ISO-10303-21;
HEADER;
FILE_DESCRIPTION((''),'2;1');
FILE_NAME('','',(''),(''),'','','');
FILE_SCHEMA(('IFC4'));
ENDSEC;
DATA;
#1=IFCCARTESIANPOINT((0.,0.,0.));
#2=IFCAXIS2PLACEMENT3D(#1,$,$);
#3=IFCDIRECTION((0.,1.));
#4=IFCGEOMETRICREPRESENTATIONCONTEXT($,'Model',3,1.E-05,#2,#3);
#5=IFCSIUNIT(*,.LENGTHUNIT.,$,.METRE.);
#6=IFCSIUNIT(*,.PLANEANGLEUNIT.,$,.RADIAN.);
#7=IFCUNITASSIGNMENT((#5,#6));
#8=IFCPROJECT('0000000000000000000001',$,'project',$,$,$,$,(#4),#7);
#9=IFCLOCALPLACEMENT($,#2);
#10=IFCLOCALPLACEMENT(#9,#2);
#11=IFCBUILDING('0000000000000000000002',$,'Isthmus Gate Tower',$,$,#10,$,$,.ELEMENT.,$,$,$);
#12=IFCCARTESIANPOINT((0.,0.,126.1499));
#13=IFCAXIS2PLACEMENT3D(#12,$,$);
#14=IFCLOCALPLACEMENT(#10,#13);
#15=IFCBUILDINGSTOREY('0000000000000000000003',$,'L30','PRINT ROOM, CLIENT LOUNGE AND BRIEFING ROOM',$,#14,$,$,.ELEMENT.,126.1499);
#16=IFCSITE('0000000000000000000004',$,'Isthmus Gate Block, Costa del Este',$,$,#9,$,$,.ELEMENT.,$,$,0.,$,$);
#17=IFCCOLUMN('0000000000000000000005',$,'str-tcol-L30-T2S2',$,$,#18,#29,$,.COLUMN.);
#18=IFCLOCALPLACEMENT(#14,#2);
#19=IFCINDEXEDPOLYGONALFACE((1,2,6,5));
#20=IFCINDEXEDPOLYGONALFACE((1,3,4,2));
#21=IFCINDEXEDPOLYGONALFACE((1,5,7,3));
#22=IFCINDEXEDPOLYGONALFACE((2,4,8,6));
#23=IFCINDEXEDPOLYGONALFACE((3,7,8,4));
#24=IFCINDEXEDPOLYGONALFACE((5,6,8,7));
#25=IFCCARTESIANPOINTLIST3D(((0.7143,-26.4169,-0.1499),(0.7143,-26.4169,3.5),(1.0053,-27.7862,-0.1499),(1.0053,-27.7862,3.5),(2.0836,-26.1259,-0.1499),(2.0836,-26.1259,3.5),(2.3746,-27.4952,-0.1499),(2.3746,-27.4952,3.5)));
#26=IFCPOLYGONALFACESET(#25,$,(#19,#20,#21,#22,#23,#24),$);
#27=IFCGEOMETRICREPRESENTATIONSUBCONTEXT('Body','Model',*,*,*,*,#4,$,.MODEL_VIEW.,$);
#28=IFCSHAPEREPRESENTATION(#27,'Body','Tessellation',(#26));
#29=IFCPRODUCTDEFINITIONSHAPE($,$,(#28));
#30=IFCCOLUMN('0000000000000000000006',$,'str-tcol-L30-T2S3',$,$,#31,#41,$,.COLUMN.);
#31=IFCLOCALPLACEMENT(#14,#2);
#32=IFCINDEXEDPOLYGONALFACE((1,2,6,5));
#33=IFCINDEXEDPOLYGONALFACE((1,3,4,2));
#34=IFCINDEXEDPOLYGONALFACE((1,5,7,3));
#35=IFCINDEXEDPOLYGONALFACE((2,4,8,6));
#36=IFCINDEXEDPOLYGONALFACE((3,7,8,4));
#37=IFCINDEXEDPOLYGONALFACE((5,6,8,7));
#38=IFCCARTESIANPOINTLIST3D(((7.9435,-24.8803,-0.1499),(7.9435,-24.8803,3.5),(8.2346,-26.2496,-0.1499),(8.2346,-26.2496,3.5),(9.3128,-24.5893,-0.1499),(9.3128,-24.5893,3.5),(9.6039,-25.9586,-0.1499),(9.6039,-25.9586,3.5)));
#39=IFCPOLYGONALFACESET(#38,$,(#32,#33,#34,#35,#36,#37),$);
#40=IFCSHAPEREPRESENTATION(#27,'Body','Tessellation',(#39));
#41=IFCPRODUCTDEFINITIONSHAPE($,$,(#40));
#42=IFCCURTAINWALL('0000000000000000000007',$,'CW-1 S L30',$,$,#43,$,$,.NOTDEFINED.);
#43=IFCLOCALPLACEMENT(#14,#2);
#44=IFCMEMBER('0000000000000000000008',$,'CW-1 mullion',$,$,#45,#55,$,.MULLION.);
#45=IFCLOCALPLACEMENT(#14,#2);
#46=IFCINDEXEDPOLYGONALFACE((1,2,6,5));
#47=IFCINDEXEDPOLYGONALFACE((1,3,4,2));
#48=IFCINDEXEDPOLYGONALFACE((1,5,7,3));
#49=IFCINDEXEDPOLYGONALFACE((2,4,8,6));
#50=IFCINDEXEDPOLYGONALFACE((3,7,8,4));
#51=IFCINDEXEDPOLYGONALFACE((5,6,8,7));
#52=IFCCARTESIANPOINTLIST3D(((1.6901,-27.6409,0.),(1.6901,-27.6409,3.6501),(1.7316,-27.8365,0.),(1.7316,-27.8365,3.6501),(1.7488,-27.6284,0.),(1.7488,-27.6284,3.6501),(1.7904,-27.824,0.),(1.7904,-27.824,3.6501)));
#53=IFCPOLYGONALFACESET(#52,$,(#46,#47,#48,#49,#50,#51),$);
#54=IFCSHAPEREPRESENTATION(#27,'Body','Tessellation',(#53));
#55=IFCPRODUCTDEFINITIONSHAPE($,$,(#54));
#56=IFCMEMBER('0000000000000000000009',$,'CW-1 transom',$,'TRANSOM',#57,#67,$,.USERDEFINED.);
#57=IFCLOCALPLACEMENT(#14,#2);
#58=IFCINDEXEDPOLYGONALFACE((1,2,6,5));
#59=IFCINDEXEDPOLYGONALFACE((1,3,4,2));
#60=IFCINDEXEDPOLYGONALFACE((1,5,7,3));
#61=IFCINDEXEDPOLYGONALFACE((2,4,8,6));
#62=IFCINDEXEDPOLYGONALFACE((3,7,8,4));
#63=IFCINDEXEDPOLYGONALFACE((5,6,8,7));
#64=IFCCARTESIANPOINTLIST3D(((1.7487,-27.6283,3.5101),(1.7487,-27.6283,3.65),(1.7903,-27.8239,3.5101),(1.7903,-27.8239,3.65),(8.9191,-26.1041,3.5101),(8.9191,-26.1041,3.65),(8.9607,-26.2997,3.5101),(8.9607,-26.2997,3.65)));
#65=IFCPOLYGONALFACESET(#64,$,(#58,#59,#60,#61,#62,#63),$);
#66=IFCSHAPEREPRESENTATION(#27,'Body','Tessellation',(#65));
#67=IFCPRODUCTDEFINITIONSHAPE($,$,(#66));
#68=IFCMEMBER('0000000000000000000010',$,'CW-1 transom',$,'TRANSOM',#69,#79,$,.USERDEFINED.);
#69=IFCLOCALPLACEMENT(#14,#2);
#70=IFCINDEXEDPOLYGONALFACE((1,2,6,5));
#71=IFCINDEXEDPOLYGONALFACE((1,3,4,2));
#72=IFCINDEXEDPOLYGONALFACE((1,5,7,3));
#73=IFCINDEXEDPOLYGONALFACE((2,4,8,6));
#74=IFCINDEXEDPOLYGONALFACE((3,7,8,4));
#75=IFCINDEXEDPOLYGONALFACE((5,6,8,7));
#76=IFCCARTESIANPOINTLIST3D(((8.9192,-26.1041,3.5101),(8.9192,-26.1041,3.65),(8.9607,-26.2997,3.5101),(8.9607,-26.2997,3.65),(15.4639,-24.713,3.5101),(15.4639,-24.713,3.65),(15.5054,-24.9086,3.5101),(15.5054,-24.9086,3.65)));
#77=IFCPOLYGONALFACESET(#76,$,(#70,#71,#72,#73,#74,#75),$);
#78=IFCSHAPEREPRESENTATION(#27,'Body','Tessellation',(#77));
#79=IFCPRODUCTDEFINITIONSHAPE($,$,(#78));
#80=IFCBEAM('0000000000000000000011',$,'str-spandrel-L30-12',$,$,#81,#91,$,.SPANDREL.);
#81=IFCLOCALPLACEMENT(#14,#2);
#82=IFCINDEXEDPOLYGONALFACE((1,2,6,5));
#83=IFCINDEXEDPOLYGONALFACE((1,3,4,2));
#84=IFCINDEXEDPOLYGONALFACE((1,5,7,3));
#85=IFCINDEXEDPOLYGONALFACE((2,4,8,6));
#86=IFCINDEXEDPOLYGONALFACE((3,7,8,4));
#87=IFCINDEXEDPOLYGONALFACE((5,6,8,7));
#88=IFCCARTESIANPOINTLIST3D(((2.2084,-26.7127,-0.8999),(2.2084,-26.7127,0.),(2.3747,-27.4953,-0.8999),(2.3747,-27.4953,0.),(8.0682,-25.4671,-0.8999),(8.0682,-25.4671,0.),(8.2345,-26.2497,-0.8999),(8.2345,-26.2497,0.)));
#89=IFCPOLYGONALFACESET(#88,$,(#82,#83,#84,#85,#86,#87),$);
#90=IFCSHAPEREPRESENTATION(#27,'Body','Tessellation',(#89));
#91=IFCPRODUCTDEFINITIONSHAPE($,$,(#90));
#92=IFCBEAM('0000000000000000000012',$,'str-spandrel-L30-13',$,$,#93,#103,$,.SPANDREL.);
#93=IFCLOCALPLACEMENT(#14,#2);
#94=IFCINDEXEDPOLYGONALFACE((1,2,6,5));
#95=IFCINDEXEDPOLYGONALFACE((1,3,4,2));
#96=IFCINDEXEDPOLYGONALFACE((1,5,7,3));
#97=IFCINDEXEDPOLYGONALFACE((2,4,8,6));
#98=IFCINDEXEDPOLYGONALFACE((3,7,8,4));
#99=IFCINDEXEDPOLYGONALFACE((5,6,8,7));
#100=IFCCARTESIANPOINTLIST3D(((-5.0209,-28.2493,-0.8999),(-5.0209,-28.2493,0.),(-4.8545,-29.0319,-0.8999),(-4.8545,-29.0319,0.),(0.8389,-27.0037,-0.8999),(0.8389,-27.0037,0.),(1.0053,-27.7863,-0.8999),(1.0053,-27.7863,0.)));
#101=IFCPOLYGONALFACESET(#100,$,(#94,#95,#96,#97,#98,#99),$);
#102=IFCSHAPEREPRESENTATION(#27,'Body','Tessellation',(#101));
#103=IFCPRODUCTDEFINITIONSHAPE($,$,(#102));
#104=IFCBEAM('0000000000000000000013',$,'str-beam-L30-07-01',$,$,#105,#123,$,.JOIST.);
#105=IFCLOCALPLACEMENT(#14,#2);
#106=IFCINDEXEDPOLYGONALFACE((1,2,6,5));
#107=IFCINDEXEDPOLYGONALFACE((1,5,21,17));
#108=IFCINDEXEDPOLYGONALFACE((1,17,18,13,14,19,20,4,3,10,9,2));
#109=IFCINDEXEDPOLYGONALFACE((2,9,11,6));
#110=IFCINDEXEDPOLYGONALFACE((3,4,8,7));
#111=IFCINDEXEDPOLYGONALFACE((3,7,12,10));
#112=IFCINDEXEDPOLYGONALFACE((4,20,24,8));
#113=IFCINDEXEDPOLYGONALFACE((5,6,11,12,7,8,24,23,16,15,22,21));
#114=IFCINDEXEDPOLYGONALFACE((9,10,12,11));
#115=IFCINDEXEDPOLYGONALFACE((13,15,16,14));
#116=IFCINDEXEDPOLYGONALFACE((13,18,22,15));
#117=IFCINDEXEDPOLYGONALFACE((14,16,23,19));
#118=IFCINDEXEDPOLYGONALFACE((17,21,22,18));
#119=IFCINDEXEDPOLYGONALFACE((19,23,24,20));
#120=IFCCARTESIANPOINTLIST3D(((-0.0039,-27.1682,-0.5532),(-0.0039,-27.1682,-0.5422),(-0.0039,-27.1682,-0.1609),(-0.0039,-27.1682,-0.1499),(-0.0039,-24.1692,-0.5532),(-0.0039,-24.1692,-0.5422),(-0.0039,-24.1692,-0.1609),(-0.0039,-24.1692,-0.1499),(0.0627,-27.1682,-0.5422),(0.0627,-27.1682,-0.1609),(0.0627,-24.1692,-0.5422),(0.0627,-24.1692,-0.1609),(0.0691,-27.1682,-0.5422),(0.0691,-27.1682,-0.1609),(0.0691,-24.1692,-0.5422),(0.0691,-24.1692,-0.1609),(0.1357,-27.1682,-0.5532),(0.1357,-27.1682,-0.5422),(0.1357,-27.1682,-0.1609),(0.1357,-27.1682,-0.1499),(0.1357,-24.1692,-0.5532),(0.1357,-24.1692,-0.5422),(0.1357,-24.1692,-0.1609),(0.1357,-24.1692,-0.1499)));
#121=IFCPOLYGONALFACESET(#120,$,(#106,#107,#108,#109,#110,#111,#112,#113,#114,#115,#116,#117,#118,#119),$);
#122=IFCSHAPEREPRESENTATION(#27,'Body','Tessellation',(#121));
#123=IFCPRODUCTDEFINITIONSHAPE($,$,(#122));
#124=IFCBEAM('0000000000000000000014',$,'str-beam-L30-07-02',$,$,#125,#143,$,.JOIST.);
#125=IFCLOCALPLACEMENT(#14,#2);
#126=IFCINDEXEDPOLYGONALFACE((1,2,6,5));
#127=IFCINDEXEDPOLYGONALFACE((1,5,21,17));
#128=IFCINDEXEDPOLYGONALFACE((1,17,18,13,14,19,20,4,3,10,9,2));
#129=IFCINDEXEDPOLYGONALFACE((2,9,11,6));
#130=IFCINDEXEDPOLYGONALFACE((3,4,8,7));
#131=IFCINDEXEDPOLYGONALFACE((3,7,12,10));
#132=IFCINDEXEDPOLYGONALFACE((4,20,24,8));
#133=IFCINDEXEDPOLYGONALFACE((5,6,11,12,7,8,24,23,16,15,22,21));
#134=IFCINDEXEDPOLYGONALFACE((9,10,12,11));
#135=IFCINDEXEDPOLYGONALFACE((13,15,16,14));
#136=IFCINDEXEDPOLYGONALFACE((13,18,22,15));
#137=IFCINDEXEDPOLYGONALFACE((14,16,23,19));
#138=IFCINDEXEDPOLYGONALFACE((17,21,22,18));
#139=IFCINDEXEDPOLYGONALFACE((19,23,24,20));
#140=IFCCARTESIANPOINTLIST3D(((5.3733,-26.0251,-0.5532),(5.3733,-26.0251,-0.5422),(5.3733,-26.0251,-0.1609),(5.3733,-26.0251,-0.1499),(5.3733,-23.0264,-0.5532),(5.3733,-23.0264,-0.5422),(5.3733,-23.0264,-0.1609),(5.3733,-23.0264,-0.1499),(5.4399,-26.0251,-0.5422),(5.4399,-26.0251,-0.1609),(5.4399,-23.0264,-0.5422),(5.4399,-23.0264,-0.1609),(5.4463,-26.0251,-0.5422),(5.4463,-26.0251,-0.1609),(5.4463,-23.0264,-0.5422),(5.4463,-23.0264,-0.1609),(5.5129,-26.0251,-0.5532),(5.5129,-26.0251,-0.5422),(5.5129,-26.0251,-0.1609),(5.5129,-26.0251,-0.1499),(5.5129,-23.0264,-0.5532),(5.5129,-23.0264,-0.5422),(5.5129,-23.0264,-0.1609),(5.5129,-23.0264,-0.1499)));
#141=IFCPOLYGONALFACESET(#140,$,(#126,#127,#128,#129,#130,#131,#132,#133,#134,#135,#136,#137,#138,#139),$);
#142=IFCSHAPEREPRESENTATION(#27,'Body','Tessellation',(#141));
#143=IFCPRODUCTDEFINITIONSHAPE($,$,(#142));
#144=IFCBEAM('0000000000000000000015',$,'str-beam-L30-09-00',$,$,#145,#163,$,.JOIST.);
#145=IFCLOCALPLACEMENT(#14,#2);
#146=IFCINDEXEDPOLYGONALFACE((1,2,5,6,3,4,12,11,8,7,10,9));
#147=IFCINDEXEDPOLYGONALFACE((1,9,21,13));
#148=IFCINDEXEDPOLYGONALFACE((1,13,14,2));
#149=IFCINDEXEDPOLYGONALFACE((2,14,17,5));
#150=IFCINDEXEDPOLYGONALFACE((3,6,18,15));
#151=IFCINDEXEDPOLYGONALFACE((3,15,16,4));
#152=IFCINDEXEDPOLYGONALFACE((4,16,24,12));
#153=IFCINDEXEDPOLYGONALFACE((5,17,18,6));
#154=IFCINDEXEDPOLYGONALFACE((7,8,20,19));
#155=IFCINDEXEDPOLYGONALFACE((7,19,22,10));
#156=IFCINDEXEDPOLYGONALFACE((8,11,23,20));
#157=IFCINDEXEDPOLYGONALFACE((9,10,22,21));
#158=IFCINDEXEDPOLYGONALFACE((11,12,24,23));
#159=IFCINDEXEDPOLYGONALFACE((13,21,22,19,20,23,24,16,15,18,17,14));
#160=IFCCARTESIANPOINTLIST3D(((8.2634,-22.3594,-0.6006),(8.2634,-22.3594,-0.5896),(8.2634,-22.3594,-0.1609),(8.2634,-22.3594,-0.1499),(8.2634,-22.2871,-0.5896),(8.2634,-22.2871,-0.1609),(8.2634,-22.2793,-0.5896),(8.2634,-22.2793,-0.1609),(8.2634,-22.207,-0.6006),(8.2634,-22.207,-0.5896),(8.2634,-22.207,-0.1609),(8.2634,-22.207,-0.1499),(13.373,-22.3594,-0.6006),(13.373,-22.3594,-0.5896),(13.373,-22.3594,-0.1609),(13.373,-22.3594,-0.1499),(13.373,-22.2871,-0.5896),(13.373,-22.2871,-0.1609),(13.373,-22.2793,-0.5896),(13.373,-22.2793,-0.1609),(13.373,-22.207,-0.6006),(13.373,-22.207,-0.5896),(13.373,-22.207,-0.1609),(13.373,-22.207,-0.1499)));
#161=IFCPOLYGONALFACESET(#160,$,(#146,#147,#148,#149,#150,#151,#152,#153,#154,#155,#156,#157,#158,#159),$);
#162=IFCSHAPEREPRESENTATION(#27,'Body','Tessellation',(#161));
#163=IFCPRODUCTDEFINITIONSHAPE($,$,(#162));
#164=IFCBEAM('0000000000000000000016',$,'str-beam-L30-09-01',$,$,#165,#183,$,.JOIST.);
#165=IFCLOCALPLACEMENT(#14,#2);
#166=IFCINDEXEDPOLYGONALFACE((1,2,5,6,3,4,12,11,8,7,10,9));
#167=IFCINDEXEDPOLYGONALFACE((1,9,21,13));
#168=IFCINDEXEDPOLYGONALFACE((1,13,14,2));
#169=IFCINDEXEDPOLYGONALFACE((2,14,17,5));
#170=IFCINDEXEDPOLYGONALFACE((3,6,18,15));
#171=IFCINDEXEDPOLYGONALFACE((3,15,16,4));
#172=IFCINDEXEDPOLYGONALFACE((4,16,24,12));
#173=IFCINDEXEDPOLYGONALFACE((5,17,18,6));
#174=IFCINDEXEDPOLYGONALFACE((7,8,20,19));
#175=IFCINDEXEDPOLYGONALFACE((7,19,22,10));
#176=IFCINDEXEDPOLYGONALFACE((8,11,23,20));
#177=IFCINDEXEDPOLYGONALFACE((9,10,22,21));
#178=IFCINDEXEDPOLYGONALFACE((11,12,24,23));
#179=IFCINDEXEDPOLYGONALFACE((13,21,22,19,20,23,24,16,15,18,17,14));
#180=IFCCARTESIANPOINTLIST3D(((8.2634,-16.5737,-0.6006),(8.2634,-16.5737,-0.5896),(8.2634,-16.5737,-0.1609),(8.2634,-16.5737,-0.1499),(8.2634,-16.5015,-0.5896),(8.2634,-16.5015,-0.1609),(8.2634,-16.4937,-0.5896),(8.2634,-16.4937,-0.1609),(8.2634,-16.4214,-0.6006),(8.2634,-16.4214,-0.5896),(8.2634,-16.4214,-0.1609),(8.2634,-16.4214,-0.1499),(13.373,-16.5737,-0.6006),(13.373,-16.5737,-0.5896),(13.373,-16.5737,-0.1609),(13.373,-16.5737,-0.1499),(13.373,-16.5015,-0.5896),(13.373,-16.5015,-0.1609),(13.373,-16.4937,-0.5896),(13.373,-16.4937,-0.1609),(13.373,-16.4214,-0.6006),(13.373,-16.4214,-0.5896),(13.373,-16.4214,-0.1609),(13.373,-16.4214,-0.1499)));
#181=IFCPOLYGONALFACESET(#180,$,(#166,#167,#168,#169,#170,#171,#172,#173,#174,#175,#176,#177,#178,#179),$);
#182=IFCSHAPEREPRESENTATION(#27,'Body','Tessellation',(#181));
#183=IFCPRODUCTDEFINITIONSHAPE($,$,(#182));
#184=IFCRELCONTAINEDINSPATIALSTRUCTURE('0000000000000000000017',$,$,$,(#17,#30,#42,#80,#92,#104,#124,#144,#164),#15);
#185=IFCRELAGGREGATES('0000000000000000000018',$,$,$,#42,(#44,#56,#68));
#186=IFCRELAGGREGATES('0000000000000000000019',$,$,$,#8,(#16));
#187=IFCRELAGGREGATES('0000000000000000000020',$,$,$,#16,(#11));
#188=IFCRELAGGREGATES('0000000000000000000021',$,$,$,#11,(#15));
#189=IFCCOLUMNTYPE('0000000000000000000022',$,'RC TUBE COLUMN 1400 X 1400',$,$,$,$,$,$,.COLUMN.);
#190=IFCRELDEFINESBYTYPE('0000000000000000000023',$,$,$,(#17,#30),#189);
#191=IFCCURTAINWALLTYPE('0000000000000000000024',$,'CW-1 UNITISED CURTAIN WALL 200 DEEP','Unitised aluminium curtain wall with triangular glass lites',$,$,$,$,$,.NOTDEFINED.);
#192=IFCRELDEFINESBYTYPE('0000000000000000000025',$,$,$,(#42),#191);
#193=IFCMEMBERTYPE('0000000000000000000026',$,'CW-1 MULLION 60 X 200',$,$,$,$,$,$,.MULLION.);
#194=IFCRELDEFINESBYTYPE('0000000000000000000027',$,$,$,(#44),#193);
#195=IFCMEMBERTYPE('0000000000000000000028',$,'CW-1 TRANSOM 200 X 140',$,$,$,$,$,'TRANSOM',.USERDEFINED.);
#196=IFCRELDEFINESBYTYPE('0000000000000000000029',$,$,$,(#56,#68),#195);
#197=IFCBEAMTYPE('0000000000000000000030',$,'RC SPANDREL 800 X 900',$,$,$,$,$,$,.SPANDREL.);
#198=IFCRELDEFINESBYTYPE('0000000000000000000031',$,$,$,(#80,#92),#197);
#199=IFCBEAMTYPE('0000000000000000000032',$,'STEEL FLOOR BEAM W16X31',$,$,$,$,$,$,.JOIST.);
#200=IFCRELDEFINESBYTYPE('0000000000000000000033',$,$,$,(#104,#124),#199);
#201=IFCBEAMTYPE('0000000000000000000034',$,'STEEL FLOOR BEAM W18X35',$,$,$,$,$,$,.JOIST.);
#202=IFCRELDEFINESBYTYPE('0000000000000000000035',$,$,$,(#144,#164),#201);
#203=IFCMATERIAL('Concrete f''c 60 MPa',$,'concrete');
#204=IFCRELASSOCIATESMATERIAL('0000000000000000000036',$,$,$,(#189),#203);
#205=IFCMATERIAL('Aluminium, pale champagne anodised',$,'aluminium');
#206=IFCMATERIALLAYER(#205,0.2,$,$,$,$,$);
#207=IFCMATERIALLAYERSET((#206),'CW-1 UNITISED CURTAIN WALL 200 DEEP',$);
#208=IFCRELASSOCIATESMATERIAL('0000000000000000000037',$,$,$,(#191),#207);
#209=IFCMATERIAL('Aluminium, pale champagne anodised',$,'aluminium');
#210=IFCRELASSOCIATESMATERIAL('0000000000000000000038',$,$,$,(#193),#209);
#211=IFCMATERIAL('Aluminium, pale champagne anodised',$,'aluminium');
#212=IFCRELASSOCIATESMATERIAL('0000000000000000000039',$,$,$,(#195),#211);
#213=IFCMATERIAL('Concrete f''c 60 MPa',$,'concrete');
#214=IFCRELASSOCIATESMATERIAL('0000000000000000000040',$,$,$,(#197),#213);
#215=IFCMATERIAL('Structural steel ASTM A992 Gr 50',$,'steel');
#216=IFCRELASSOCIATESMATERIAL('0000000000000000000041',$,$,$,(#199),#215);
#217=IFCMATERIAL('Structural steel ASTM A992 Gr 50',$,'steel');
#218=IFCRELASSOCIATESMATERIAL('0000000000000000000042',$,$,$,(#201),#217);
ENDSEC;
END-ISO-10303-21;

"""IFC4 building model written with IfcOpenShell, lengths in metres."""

from ifc_helpers import new_model, si_unit, direction, frame, origin, origin_2d, place, context, subcontext, project, spatial, rectangle, i_section, extrude, material, layer, layer_set, material_profile, profile_set, type_object, element, aggregate, save


model = new_model("IFC4")

# Units and contexts
model_context = context("Model", 3, precision=1e-05, world=origin(), true_north=direction((0.0, 1.0)))
body_context = subcontext(model_context, "Body", "Model", "MODEL_VIEW")
ifc_project = project(units=[si_unit("LENGTHUNIT", "METRE"), si_unit("PLANEANGLEUNIT", "RADIAN")], contexts=[model_context])

# Site, building, storey
site_placement = place(None, origin())
site = spatial("IfcSite", under=ifc_project, at=site_placement, Name="Isthmus Gate Block, Costa del Este", CompositionType="ELEMENT", RefElevation=0.0)
building_placement = place(site_placement, origin())
building = spatial("IfcBuilding", under=site, at=building_placement, Name="Isthmus Gate Tower", CompositionType="ELEMENT")
storey_placement = place(building_placement, frame((0.0, 0.0, 126.1499)))
storey = spatial("IfcBuildingStorey", under=building, at=storey_placement, Name="L30", Description="PRINT ROOM, CLIENT LOUNGE AND BRIEFING ROOM", CompositionType="ELEMENT", Elevation=126.1499)

# Columns
ifc_material_1 = material(Name="Concrete f'c 60 MPa", Category="concrete")
ifc_material_profile_1 = material_profile(ifc_material_1, rectangle(XDim=1.3999, YDim=1.3999, at=origin_2d()), Name="RC 1400X1400")
ifc_profile_set_1 = profile_set([ifc_material_profile_1], Name="Concrete f'c 60 MPa")
column_type = type_object("IfcColumnType", Name="RC TUBE COLUMN 1400 X 1400", PredefinedType="COLUMN", material=ifc_profile_set_1)
for number, where, z_axis, x_axis, name in (
    (1, (1.5444, -26.9561, -0.1499), (0.0, 0.0, 1.0), (0.978148, 0.207912, 0.0), "str-tcol-L30-T2S2"),
    (2, (8.7737, -25.4194, -0.1499), (0.0, 0.0, 1.0), (0.978148, 0.207912, 0.0), "str-tcol-L30-T2S3"),
):
    element("IfcColumn", number, at=place(storey_placement, frame(where, z_axis=z_axis, x_axis=x_axis)), inside=storey, type_object=column_type, Name=name, PredefinedType="COLUMN", context=body_context, shape_type="SweptSolid", body=[
        extrude(rectangle(XDim=1.3999, YDim=1.3999, at=origin_2d()), origin(), (0.0, 0.0, 1.0), 3.6499),
    ])

# Curtain wall, members
ifc_material_2 = material(Name="Aluminium, pale champagne anodised", Category="aluminium")
ifc_layer_1 = layer(ifc_material_2, 0.2)
ifc_layer_set_1 = layer_set([ifc_layer_1], Name="CW-1 UNITISED CURTAIN WALL 200 DEEP")
curtain_wall_type = type_object("IfcCurtainWallType", Name="CW-1 UNITISED CURTAIN WALL 200 DEEP", Description="Unitised aluminium curtain wall with triangular glass lites", PredefinedType="NOTDEFINED", material=ifc_layer_set_1)
curtain_wall_placement = place(storey_placement, origin())
curtain_wall = element("IfcCurtainWall", 3, at=curtain_wall_placement, inside=storey, type_object=curtain_wall_type, Name="CW-1 S L30", PredefinedType="NOTDEFINED")
ifc_material_3 = material(Name="Aluminium, pale champagne anodised", Category="aluminium")
ifc_material_profile_2 = material_profile(ifc_material_3, rectangle(XDim=0.0601, YDim=0.2, at=origin_2d()), Name="60x200")
ifc_profile_set_2 = profile_set([ifc_material_profile_2], Name="Aluminium, pale champagne anodised")
member_type_1 = type_object("IfcMemberType", Name="CW-1 MULLION 60 X 200", PredefinedType="MULLION", material=ifc_profile_set_2)
member_1_placement = place(storey_placement, frame((1.7402, -27.7324, 0.0), z_axis=(0.0, 0.0, 1.0), x_axis=(0.978148, 0.207912, 0.0)))
member_1 = element("IfcMember", 4, at=member_1_placement, type_object=member_type_1, Name="CW-1 mullion", PredefinedType="MULLION", context=body_context, shape_type="SweptSolid", body=[
    extrude(rectangle(XDim=0.0601, YDim=0.2, at=origin_2d()), origin(), (0.0, 0.0, 1.0), 3.6501),
])
ifc_material_4 = material(Name="Aluminium, pale champagne anodised", Category="aluminium")
ifc_material_profile_3 = material_profile(ifc_material_4, rectangle(XDim=0.2, YDim=0.1399, at=origin_2d()), Name="200x140")
ifc_profile_set_3 = profile_set([ifc_material_profile_3], Name="Aluminium, pale champagne anodised")
member_type_2 = type_object("IfcMemberType", Name="CW-1 TRANSOM 200 X 140", ElementType="TRANSOM", PredefinedType="USERDEFINED", material=ifc_profile_set_3)
member_2_placement = place(storey_placement, frame((1.7695, -27.7261, 3.5801), z_axis=(0.978146, 0.207919, 0.0), x_axis=(-0.207919, 0.978146, 0.0)))
member_2 = element("IfcMember", 5, at=member_2_placement, type_object=member_type_2, Name="CW-1 transom", ObjectType="TRANSOM", PredefinedType="USERDEFINED", context=body_context, shape_type="SweptSolid", body=[
    extrude(rectangle(XDim=0.2, YDim=0.1399, at=origin_2d()), origin(), (0.0, 0.0, 1.0), 7.3306),
])
member_3_placement = place(storey_placement, frame((8.9399, -26.2019, 3.5801), z_axis=(0.978148, 0.207912, 0.0), x_axis=(-0.207912, 0.978148, 0.0)))
member_3 = element("IfcMember", 6, at=member_3_placement, type_object=member_type_2, Name="CW-1 transom", ObjectType="TRANSOM", PredefinedType="USERDEFINED", context=body_context, shape_type="SweptSolid", body=[
    extrude(rectangle(XDim=0.2, YDim=0.1399, at=origin_2d()), origin(), (0.0, 0.0, 1.0), 6.6909),
])

# Beams
ifc_material_5 = material(Name="Concrete f'c 60 MPa", Category="concrete")
ifc_material_profile_4 = material_profile(ifc_material_5, rectangle(XDim=0.8, YDim=0.8999, at=origin_2d()), Name="RC 800X900")
ifc_profile_set_4 = profile_set([ifc_material_profile_4], Name="Concrete f'c 60 MPa")
beam_type_1 = type_object("IfcBeamType", Name="RC SPANDREL 800 X 900", PredefinedType="SPANDREL", material=ifc_profile_set_4)
for number, where, z_axis, x_axis, name in (
    (7, (8.1514, -25.8584, -0.45), (-0.978146, -0.20792, 0.0), (0.20792, -0.978146, 0.0), "str-spandrel-L30-12"),
    (8, (0.9221, -27.395, -0.45), (-0.978146, -0.20792, 0.0), (0.20792, -0.978146, 0.0), "str-spandrel-L30-13"),
):
    element("IfcBeam", number, at=place(storey_placement, frame(where, z_axis=z_axis, x_axis=x_axis)), inside=storey, type_object=beam_type_1, Name=name, PredefinedType="SPANDREL", context=body_context, shape_type="SweptSolid", body=[
        extrude(rectangle(XDim=0.8, YDim=0.8999, at=origin_2d()), origin(), (0.0, 0.0, 1.0), 5.9907),
    ])
ifc_material_6 = material(Name="Structural steel ASTM A992 Gr 50", Category="steel")
ifc_material_profile_5 = material_profile(ifc_material_6, i_section(OverallWidth=0.1396, OverallDepth=0.4033, WebThickness=0.0063, FlangeThickness=0.011, at=origin_2d()), Name="W16X31")
ifc_profile_set_5 = profile_set([ifc_material_profile_5], Name="Structural steel ASTM A992 Gr 50")
beam_type_2 = type_object("IfcBeamType", Name="STEEL FLOOR BEAM W16X31", PredefinedType="JOIST", material=ifc_profile_set_5)
beam_1_placement = place(storey_placement, frame((0.0659, -27.1682, -0.3516), z_axis=(0.0, 1.0, 0.0), x_axis=(-1.0, 0.0, 0.0)))
element("IfcBeam", 9, at=beam_1_placement, inside=storey, type_object=beam_type_2, Name="str-beam-L30-07-01", PredefinedType="JOIST", context=body_context, shape_type="SweptSolid", body=[
    extrude(i_section(OverallWidth=0.1396, OverallDepth=0.4033, WebThickness=0.0063, FlangeThickness=0.011, at=origin_2d()), origin(), (0.0, 0.0, 1.0), 2.999),
])
beam_2_placement = place(storey_placement, frame((5.4431, -26.0251, -0.3516), z_axis=(0.0, 1.0, 0.0), x_axis=(-1.0, 0.0, 0.0)))
element("IfcBeam", 10, at=beam_2_placement, inside=storey, type_object=beam_type_2, Name="str-beam-L30-07-02", PredefinedType="JOIST", context=body_context, shape_type="SweptSolid", body=[
    extrude(i_section(OverallWidth=0.1396, OverallDepth=0.4033, WebThickness=0.0063, FlangeThickness=0.011, at=origin_2d()), origin(), (0.0, 0.0, 1.0), 2.9988),
])
ifc_material_7 = material(Name="Structural steel ASTM A992 Gr 50", Category="steel")
ifc_material_profile_6 = material_profile(ifc_material_7, i_section(OverallWidth=0.1523, OverallDepth=0.4507, WebThickness=0.0078, FlangeThickness=0.011, at=origin_2d()), Name="W18X35")
ifc_profile_set_6 = profile_set([ifc_material_profile_6], Name="Structural steel ASTM A992 Gr 50")
beam_type_3 = type_object("IfcBeamType", Name="STEEL FLOOR BEAM W18X35", PredefinedType="JOIST", material=ifc_profile_set_6)
for number, where, z_axis, x_axis, name in (
    (11, (8.2634, -22.2832, -0.3752), (1.0, 0.0, 0.0), (0.0, 1.0, 0.0), "str-beam-L30-09-00"),
    (12, (8.2634, -16.4976, -0.3752), (1.0, 0.0, 0.0), (0.0, 1.0, 0.0), "str-beam-L30-09-01"),
):
    element("IfcBeam", number, at=place(storey_placement, frame(where, z_axis=z_axis, x_axis=x_axis)), inside=storey, type_object=beam_type_3, Name=name, PredefinedType="JOIST", context=body_context, shape_type="SweptSolid", body=[
        extrude(i_section(OverallWidth=0.1523, OverallDepth=0.4507, WebThickness=0.0078, FlangeThickness=0.011, at=origin_2d()), origin(), (0.0, 0.0, 1.0), 5.1096),
    ])

aggregate(curtain_wall, [member_1, member_2, member_3])

save(model, "model.ifc")
